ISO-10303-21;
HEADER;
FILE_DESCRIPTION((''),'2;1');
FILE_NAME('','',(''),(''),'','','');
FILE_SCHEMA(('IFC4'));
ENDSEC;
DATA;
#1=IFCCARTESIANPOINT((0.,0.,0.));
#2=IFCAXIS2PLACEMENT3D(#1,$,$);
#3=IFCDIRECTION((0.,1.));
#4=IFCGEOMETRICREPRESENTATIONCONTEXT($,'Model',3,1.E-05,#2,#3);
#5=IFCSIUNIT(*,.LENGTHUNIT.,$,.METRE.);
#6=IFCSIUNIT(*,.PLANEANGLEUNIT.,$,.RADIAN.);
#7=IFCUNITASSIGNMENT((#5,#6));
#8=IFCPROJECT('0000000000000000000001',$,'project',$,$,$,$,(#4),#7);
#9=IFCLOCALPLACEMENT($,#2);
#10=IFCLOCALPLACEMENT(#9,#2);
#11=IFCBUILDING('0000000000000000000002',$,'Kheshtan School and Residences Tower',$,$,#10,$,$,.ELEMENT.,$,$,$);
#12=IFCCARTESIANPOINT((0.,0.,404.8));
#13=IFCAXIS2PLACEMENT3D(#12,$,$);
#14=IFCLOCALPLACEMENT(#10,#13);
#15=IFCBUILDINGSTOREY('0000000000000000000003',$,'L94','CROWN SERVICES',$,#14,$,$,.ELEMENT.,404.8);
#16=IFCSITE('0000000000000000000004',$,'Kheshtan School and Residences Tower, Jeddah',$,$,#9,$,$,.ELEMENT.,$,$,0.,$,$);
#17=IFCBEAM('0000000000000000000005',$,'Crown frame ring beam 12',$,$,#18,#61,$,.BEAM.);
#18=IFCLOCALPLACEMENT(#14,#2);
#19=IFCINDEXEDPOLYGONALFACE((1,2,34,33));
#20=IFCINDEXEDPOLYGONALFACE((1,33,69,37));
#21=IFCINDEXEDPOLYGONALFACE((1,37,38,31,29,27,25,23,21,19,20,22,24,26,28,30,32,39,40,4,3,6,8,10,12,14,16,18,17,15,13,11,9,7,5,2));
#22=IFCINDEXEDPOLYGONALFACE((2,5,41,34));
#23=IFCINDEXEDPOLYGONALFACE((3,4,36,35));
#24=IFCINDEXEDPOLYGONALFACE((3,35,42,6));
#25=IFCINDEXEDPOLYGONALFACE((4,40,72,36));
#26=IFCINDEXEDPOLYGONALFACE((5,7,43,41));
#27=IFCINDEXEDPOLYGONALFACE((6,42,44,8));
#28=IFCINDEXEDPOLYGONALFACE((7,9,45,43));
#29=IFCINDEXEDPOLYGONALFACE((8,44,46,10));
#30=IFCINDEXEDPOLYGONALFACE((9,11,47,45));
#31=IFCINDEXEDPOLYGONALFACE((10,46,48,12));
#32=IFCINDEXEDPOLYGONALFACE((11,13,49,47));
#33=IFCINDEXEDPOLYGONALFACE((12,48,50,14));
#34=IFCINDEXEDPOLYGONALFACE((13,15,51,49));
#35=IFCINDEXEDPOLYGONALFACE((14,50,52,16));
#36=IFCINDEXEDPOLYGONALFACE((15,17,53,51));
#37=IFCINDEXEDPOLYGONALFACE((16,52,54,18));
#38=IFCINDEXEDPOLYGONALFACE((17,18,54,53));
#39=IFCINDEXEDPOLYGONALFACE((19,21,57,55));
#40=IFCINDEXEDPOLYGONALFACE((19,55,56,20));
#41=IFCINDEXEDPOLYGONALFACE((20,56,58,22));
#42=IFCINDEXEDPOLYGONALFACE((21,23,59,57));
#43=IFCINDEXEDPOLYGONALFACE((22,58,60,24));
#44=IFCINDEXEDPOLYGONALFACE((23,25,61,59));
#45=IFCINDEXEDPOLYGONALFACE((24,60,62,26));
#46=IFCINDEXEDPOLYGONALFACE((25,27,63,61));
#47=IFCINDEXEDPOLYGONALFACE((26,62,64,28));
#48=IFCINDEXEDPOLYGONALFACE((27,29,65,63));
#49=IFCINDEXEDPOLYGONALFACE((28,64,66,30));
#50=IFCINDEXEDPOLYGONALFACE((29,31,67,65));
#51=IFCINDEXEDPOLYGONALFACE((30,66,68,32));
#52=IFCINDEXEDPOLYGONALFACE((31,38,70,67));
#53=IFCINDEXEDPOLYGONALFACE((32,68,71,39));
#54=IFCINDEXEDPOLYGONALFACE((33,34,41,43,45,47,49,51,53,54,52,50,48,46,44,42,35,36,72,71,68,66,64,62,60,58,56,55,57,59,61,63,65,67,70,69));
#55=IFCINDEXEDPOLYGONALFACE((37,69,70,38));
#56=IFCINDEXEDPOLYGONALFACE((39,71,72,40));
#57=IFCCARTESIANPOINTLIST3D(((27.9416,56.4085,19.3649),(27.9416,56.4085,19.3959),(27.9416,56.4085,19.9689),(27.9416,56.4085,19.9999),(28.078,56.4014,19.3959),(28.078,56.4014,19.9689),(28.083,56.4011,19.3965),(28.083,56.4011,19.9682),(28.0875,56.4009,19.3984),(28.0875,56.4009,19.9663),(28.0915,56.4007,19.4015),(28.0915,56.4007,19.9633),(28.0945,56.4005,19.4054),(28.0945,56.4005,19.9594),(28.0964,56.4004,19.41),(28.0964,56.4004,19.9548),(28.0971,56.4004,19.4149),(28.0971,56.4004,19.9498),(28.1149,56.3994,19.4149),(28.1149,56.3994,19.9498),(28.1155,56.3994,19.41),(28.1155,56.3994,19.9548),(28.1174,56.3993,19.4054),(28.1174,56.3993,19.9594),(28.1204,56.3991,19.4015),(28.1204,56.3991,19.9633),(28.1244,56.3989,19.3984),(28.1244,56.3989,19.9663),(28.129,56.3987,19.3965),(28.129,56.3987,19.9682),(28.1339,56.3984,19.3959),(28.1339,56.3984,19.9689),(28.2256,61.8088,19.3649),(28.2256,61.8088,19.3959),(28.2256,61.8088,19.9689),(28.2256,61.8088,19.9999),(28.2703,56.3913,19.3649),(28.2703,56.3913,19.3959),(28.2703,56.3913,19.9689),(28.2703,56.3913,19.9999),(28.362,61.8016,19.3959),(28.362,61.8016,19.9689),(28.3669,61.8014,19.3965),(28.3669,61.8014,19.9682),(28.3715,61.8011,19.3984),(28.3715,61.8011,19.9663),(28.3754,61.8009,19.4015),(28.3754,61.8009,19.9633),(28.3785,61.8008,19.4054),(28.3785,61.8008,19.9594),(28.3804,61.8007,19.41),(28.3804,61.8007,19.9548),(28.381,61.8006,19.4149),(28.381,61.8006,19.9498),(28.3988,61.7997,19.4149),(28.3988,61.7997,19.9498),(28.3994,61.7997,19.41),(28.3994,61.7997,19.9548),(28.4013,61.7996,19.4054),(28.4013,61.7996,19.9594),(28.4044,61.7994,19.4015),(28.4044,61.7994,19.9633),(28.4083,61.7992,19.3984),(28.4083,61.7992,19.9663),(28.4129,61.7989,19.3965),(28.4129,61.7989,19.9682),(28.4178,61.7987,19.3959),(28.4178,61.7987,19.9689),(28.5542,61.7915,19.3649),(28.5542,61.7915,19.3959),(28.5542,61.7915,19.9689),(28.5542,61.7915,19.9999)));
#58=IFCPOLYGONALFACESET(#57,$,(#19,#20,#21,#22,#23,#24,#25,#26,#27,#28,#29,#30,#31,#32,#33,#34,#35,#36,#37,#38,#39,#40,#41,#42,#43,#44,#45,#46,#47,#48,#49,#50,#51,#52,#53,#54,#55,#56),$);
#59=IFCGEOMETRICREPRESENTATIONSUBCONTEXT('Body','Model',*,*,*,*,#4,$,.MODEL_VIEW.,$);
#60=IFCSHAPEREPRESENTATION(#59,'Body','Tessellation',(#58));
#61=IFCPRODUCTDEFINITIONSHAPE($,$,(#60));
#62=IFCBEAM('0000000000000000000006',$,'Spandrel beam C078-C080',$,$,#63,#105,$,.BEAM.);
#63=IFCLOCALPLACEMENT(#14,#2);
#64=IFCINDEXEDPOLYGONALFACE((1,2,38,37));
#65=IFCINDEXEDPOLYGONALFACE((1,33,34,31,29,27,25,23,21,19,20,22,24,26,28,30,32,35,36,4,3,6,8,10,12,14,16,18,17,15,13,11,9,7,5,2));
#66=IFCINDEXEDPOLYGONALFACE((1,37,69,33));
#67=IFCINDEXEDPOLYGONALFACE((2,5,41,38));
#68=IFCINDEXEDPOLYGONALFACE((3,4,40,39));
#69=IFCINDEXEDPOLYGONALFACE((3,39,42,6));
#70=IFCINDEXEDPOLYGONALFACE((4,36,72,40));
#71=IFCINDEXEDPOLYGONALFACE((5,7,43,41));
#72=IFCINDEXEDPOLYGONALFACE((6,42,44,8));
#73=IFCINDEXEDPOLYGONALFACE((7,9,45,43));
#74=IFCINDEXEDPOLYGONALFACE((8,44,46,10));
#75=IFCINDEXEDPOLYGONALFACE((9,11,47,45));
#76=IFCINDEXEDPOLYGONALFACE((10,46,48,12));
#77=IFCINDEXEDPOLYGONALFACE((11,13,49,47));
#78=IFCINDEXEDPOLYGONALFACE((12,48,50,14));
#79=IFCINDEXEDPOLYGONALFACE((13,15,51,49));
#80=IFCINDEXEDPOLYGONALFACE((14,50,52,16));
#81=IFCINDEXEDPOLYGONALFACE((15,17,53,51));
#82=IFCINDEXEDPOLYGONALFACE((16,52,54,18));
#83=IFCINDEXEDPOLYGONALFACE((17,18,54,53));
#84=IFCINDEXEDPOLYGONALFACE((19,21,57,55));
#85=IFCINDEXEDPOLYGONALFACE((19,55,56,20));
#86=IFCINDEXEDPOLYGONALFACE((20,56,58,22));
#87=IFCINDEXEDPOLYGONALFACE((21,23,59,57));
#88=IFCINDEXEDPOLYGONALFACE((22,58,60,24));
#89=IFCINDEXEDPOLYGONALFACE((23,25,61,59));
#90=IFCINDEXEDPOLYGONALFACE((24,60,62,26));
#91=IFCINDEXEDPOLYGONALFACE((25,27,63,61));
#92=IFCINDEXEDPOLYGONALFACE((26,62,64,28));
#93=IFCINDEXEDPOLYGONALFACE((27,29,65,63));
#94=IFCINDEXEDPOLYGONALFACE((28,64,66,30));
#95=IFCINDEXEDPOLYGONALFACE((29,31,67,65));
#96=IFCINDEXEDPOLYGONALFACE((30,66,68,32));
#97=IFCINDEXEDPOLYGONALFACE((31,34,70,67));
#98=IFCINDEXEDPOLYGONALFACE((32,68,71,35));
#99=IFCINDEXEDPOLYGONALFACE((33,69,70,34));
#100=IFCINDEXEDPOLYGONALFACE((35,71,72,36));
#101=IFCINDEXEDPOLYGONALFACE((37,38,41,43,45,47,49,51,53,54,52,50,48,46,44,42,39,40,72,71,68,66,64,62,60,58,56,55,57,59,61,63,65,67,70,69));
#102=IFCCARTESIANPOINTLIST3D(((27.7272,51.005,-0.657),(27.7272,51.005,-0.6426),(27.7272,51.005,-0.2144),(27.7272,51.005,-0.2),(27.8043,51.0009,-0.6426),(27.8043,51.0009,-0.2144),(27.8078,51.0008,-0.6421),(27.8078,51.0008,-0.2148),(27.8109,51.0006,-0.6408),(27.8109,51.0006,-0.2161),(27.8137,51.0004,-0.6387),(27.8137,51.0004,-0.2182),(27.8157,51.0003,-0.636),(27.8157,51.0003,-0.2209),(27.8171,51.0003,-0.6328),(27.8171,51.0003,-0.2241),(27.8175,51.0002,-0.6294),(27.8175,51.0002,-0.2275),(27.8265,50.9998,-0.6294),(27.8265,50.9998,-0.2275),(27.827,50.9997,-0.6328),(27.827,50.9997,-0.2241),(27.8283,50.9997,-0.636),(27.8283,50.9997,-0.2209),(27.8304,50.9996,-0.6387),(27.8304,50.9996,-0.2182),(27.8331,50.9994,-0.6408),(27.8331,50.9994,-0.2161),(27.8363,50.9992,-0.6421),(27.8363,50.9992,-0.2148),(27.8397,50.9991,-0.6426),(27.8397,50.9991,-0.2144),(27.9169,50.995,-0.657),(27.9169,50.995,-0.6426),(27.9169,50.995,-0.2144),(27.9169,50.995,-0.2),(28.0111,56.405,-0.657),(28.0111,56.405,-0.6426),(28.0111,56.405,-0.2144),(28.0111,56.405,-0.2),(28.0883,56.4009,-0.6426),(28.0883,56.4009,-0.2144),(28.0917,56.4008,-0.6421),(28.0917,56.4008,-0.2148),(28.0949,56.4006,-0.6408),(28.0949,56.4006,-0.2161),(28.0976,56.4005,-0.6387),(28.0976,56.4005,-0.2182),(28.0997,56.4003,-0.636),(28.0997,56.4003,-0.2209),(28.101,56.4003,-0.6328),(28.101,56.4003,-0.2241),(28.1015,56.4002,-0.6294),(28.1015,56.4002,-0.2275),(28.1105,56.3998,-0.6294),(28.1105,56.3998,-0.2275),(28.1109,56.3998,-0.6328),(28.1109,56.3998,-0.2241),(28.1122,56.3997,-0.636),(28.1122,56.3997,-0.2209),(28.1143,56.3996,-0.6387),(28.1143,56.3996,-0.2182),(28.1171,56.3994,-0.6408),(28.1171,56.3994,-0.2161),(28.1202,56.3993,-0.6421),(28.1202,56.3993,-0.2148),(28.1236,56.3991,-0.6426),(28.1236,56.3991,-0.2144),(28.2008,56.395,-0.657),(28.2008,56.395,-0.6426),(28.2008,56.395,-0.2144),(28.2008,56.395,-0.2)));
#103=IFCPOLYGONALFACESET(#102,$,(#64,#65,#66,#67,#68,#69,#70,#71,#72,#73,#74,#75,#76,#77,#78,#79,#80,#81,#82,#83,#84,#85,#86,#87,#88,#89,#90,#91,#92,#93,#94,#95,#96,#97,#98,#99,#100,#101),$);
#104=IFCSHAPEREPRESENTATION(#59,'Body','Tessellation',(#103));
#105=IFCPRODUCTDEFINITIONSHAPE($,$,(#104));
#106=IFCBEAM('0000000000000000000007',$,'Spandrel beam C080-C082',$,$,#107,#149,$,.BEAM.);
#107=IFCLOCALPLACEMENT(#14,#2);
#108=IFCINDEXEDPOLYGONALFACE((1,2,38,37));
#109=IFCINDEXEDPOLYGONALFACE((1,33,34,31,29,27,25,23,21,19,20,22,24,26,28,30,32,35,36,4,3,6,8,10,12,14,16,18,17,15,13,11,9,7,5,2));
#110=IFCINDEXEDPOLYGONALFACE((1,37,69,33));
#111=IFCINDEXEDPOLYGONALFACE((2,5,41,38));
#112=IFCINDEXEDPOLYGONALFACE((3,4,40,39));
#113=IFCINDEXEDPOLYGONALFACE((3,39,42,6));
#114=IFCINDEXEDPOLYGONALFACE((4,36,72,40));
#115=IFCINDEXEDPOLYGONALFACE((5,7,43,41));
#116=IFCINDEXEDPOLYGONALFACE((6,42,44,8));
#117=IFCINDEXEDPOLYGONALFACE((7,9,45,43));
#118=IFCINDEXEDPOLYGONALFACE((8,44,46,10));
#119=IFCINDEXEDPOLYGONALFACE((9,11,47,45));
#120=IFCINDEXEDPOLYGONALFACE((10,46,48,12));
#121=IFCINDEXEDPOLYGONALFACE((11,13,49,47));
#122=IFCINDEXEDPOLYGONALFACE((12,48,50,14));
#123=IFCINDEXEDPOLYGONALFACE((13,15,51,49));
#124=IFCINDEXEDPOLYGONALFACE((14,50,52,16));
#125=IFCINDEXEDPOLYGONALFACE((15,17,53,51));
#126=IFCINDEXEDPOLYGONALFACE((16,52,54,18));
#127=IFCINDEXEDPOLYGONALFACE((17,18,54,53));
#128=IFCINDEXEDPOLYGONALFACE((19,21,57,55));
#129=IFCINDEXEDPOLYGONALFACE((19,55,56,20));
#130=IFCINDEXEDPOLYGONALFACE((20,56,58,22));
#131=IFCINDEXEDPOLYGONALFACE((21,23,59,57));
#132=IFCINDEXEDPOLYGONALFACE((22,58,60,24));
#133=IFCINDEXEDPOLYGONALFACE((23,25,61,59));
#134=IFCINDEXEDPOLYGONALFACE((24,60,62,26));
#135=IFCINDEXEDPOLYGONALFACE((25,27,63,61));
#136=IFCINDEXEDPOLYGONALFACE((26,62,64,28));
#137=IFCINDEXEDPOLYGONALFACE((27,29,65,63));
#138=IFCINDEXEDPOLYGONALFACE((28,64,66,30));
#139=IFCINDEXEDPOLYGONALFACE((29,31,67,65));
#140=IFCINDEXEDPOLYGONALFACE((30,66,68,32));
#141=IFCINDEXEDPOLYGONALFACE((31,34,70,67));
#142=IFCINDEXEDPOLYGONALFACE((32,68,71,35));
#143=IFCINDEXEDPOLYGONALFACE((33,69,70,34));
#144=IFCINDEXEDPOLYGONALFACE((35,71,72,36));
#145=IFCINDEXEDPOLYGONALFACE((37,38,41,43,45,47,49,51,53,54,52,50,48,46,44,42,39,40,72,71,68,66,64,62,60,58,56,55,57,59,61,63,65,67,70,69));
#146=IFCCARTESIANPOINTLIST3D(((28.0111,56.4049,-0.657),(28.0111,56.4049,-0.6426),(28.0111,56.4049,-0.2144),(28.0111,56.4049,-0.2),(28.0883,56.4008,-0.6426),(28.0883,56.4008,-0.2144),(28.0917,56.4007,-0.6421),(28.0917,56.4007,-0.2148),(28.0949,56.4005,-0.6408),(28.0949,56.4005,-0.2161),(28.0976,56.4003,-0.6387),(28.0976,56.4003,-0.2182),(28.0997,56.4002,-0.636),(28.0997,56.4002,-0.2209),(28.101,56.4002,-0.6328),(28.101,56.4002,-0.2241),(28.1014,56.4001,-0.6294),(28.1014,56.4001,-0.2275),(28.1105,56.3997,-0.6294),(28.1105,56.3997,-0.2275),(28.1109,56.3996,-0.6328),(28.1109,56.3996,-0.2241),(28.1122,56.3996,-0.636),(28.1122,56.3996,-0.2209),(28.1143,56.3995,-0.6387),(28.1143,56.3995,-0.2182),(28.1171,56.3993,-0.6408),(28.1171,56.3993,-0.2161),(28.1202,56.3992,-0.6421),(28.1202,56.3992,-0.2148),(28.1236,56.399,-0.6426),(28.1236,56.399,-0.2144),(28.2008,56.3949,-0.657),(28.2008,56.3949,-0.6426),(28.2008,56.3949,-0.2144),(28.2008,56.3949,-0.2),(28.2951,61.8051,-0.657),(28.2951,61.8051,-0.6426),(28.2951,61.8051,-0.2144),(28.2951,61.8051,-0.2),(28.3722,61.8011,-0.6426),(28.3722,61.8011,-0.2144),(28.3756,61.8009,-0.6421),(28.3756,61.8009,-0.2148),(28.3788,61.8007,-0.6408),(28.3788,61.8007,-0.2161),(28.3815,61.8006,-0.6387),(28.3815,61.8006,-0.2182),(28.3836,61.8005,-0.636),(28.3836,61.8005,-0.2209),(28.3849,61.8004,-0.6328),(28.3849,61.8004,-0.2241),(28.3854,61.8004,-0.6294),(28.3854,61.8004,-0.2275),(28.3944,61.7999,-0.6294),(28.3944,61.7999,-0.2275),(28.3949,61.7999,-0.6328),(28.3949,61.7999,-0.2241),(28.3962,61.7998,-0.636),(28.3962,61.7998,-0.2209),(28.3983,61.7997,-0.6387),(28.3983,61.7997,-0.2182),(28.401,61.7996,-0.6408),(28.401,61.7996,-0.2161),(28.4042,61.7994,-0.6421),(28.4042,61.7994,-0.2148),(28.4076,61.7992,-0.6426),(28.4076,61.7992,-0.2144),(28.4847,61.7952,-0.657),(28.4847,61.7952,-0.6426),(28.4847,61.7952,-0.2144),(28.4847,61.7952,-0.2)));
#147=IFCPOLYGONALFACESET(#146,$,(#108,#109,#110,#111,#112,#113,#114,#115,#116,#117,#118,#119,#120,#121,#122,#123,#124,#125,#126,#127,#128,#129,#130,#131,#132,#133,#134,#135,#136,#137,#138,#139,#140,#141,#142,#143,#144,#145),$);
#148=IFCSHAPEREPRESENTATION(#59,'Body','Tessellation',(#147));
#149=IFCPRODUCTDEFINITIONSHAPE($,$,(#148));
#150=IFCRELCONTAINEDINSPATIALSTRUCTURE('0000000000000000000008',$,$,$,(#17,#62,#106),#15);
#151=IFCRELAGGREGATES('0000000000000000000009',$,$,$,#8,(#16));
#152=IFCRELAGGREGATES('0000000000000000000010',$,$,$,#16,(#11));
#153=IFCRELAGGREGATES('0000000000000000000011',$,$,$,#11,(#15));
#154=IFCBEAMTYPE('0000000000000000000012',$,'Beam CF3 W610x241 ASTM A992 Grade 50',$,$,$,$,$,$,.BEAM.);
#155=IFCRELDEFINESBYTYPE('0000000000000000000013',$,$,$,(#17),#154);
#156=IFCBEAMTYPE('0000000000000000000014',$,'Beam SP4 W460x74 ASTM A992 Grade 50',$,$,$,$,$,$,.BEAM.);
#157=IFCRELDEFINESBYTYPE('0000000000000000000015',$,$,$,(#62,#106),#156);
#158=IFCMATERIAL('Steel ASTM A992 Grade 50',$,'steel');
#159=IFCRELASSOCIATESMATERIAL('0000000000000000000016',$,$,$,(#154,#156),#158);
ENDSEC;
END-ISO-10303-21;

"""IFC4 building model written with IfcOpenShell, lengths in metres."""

from ifc_helpers import new_model, si_unit, direction, frame, origin, origin_2d, place, context, subcontext, project, spatial, i_section, extrude, material, material_profile, profile_set, type_object, element, save


model = new_model("IFC4")

# Units and contexts
model_context = context("Model", 3, precision=1e-05, world=origin(), true_north=direction((0.0, 1.0)))
body_context = subcontext(model_context, "Body", "Model", "MODEL_VIEW")
ifc_project = project(units=[si_unit("LENGTHUNIT", "METRE"), si_unit("PLANEANGLEUNIT", "RADIAN")], contexts=[model_context])

# Site, building, storey
site_placement = place(None, origin())
site = spatial("IfcSite", under=ifc_project, at=site_placement, Name="Kheshtan School and Residences Tower, Jeddah", CompositionType="ELEMENT", RefElevation=0.0)
building_placement = place(site_placement, origin())
building = spatial("IfcBuilding", under=site, at=building_placement, Name="Kheshtan School and Residences Tower", CompositionType="ELEMENT")
storey_placement = place(building_placement, frame((0.0, 0.0, 404.8)))
storey = spatial("IfcBuildingStorey", under=building, at=storey_placement, Name="L94", Description="CROWN SERVICES", CompositionType="ELEMENT", Elevation=404.8)

# Beams
ifc_material_1 = material(Name="Steel ASTM A992 Grade 50", Category="steel")
ifc_material_profile_1 = material_profile(ifc_material_1, i_section(OverallWidth=0.3291, OverallDepth=0.635, WebThickness=0.0178, FlangeThickness=0.031, FilletRadius=0.019, at=origin_2d()), Name="W610x241")
ifc_profile_set_1 = profile_set([ifc_material_profile_1], Name="Steel ASTM A992 Grade 50")
beam_type_1 = type_object("IfcBeamType", Name="Beam CF3 W610x241 ASTM A992 Grade 50", PredefinedType="BEAM", material=ifc_profile_set_1)
beam_1_placement = place(storey_placement, frame((28.106, 56.3999, 19.6824), z_axis=(0.052507, 0.998621, 0.0), x_axis=(-0.998621, 0.052507, 0.0)))
element("IfcBeam", 1, at=beam_1_placement, inside=storey, type_object=beam_type_1, Name="Crown frame ring beam 12", PredefinedType="BEAM", context=body_context, shape_type="SweptSolid", body=[
    extrude(i_section(OverallWidth=0.3291, OverallDepth=0.635, WebThickness=0.0178, FlangeThickness=0.031, FilletRadius=0.019, at=origin_2d()), origin(), (0.0, 0.0, 1.0), 5.4077),
])
ifc_material_profile_2 = material_profile(ifc_material_1, i_section(OverallWidth=0.1899, OverallDepth=0.457, WebThickness=0.009, FlangeThickness=0.0144, FilletRadius=0.0132, at=origin_2d()), Name="W460x74")
ifc_profile_set_2 = profile_set([ifc_material_profile_2], Name="Steel ASTM A992 Grade 50")
beam_type_2 = type_object("IfcBeamType", Name="Beam SP4 W460x74 ASTM A992 Grade 50", PredefinedType="BEAM", material=ifc_profile_set_2)
beam_2_placement = place(storey_placement, frame((27.822, 51.0, -0.4285), z_axis=(0.052509, 0.99862, 0.0), x_axis=(-0.99862, 0.052509, 0.0)))
element("IfcBeam", 2, at=beam_2_placement, inside=storey, type_object=beam_type_2, Name="Spandrel beam C078-C080", PredefinedType="BEAM", context=body_context, shape_type="SweptSolid", body=[
    extrude(i_section(OverallWidth=0.1899, OverallDepth=0.457, WebThickness=0.009, FlangeThickness=0.0144, FilletRadius=0.0132, at=origin_2d()), origin(), (0.0, 0.0, 1.0), 5.4075),
])
beam_3_placement = place(storey_placement, frame((28.106, 56.3999, -0.4285), z_axis=(0.052507, 0.998621, 0.0), x_axis=(-0.998621, 0.052507, 0.0)))
element("IfcBeam", 3, at=beam_3_placement, inside=storey, type_object=beam_type_2, Name="Spandrel beam C080-C082", PredefinedType="BEAM", context=body_context, shape_type="SweptSolid", body=[
    extrude(i_section(OverallWidth=0.1899, OverallDepth=0.457, WebThickness=0.009, FlangeThickness=0.0144, FilletRadius=0.0132, at=origin_2d()), origin(), (0.0, 0.0, 1.0), 5.4077),
])

save(model, "model.ifc")
